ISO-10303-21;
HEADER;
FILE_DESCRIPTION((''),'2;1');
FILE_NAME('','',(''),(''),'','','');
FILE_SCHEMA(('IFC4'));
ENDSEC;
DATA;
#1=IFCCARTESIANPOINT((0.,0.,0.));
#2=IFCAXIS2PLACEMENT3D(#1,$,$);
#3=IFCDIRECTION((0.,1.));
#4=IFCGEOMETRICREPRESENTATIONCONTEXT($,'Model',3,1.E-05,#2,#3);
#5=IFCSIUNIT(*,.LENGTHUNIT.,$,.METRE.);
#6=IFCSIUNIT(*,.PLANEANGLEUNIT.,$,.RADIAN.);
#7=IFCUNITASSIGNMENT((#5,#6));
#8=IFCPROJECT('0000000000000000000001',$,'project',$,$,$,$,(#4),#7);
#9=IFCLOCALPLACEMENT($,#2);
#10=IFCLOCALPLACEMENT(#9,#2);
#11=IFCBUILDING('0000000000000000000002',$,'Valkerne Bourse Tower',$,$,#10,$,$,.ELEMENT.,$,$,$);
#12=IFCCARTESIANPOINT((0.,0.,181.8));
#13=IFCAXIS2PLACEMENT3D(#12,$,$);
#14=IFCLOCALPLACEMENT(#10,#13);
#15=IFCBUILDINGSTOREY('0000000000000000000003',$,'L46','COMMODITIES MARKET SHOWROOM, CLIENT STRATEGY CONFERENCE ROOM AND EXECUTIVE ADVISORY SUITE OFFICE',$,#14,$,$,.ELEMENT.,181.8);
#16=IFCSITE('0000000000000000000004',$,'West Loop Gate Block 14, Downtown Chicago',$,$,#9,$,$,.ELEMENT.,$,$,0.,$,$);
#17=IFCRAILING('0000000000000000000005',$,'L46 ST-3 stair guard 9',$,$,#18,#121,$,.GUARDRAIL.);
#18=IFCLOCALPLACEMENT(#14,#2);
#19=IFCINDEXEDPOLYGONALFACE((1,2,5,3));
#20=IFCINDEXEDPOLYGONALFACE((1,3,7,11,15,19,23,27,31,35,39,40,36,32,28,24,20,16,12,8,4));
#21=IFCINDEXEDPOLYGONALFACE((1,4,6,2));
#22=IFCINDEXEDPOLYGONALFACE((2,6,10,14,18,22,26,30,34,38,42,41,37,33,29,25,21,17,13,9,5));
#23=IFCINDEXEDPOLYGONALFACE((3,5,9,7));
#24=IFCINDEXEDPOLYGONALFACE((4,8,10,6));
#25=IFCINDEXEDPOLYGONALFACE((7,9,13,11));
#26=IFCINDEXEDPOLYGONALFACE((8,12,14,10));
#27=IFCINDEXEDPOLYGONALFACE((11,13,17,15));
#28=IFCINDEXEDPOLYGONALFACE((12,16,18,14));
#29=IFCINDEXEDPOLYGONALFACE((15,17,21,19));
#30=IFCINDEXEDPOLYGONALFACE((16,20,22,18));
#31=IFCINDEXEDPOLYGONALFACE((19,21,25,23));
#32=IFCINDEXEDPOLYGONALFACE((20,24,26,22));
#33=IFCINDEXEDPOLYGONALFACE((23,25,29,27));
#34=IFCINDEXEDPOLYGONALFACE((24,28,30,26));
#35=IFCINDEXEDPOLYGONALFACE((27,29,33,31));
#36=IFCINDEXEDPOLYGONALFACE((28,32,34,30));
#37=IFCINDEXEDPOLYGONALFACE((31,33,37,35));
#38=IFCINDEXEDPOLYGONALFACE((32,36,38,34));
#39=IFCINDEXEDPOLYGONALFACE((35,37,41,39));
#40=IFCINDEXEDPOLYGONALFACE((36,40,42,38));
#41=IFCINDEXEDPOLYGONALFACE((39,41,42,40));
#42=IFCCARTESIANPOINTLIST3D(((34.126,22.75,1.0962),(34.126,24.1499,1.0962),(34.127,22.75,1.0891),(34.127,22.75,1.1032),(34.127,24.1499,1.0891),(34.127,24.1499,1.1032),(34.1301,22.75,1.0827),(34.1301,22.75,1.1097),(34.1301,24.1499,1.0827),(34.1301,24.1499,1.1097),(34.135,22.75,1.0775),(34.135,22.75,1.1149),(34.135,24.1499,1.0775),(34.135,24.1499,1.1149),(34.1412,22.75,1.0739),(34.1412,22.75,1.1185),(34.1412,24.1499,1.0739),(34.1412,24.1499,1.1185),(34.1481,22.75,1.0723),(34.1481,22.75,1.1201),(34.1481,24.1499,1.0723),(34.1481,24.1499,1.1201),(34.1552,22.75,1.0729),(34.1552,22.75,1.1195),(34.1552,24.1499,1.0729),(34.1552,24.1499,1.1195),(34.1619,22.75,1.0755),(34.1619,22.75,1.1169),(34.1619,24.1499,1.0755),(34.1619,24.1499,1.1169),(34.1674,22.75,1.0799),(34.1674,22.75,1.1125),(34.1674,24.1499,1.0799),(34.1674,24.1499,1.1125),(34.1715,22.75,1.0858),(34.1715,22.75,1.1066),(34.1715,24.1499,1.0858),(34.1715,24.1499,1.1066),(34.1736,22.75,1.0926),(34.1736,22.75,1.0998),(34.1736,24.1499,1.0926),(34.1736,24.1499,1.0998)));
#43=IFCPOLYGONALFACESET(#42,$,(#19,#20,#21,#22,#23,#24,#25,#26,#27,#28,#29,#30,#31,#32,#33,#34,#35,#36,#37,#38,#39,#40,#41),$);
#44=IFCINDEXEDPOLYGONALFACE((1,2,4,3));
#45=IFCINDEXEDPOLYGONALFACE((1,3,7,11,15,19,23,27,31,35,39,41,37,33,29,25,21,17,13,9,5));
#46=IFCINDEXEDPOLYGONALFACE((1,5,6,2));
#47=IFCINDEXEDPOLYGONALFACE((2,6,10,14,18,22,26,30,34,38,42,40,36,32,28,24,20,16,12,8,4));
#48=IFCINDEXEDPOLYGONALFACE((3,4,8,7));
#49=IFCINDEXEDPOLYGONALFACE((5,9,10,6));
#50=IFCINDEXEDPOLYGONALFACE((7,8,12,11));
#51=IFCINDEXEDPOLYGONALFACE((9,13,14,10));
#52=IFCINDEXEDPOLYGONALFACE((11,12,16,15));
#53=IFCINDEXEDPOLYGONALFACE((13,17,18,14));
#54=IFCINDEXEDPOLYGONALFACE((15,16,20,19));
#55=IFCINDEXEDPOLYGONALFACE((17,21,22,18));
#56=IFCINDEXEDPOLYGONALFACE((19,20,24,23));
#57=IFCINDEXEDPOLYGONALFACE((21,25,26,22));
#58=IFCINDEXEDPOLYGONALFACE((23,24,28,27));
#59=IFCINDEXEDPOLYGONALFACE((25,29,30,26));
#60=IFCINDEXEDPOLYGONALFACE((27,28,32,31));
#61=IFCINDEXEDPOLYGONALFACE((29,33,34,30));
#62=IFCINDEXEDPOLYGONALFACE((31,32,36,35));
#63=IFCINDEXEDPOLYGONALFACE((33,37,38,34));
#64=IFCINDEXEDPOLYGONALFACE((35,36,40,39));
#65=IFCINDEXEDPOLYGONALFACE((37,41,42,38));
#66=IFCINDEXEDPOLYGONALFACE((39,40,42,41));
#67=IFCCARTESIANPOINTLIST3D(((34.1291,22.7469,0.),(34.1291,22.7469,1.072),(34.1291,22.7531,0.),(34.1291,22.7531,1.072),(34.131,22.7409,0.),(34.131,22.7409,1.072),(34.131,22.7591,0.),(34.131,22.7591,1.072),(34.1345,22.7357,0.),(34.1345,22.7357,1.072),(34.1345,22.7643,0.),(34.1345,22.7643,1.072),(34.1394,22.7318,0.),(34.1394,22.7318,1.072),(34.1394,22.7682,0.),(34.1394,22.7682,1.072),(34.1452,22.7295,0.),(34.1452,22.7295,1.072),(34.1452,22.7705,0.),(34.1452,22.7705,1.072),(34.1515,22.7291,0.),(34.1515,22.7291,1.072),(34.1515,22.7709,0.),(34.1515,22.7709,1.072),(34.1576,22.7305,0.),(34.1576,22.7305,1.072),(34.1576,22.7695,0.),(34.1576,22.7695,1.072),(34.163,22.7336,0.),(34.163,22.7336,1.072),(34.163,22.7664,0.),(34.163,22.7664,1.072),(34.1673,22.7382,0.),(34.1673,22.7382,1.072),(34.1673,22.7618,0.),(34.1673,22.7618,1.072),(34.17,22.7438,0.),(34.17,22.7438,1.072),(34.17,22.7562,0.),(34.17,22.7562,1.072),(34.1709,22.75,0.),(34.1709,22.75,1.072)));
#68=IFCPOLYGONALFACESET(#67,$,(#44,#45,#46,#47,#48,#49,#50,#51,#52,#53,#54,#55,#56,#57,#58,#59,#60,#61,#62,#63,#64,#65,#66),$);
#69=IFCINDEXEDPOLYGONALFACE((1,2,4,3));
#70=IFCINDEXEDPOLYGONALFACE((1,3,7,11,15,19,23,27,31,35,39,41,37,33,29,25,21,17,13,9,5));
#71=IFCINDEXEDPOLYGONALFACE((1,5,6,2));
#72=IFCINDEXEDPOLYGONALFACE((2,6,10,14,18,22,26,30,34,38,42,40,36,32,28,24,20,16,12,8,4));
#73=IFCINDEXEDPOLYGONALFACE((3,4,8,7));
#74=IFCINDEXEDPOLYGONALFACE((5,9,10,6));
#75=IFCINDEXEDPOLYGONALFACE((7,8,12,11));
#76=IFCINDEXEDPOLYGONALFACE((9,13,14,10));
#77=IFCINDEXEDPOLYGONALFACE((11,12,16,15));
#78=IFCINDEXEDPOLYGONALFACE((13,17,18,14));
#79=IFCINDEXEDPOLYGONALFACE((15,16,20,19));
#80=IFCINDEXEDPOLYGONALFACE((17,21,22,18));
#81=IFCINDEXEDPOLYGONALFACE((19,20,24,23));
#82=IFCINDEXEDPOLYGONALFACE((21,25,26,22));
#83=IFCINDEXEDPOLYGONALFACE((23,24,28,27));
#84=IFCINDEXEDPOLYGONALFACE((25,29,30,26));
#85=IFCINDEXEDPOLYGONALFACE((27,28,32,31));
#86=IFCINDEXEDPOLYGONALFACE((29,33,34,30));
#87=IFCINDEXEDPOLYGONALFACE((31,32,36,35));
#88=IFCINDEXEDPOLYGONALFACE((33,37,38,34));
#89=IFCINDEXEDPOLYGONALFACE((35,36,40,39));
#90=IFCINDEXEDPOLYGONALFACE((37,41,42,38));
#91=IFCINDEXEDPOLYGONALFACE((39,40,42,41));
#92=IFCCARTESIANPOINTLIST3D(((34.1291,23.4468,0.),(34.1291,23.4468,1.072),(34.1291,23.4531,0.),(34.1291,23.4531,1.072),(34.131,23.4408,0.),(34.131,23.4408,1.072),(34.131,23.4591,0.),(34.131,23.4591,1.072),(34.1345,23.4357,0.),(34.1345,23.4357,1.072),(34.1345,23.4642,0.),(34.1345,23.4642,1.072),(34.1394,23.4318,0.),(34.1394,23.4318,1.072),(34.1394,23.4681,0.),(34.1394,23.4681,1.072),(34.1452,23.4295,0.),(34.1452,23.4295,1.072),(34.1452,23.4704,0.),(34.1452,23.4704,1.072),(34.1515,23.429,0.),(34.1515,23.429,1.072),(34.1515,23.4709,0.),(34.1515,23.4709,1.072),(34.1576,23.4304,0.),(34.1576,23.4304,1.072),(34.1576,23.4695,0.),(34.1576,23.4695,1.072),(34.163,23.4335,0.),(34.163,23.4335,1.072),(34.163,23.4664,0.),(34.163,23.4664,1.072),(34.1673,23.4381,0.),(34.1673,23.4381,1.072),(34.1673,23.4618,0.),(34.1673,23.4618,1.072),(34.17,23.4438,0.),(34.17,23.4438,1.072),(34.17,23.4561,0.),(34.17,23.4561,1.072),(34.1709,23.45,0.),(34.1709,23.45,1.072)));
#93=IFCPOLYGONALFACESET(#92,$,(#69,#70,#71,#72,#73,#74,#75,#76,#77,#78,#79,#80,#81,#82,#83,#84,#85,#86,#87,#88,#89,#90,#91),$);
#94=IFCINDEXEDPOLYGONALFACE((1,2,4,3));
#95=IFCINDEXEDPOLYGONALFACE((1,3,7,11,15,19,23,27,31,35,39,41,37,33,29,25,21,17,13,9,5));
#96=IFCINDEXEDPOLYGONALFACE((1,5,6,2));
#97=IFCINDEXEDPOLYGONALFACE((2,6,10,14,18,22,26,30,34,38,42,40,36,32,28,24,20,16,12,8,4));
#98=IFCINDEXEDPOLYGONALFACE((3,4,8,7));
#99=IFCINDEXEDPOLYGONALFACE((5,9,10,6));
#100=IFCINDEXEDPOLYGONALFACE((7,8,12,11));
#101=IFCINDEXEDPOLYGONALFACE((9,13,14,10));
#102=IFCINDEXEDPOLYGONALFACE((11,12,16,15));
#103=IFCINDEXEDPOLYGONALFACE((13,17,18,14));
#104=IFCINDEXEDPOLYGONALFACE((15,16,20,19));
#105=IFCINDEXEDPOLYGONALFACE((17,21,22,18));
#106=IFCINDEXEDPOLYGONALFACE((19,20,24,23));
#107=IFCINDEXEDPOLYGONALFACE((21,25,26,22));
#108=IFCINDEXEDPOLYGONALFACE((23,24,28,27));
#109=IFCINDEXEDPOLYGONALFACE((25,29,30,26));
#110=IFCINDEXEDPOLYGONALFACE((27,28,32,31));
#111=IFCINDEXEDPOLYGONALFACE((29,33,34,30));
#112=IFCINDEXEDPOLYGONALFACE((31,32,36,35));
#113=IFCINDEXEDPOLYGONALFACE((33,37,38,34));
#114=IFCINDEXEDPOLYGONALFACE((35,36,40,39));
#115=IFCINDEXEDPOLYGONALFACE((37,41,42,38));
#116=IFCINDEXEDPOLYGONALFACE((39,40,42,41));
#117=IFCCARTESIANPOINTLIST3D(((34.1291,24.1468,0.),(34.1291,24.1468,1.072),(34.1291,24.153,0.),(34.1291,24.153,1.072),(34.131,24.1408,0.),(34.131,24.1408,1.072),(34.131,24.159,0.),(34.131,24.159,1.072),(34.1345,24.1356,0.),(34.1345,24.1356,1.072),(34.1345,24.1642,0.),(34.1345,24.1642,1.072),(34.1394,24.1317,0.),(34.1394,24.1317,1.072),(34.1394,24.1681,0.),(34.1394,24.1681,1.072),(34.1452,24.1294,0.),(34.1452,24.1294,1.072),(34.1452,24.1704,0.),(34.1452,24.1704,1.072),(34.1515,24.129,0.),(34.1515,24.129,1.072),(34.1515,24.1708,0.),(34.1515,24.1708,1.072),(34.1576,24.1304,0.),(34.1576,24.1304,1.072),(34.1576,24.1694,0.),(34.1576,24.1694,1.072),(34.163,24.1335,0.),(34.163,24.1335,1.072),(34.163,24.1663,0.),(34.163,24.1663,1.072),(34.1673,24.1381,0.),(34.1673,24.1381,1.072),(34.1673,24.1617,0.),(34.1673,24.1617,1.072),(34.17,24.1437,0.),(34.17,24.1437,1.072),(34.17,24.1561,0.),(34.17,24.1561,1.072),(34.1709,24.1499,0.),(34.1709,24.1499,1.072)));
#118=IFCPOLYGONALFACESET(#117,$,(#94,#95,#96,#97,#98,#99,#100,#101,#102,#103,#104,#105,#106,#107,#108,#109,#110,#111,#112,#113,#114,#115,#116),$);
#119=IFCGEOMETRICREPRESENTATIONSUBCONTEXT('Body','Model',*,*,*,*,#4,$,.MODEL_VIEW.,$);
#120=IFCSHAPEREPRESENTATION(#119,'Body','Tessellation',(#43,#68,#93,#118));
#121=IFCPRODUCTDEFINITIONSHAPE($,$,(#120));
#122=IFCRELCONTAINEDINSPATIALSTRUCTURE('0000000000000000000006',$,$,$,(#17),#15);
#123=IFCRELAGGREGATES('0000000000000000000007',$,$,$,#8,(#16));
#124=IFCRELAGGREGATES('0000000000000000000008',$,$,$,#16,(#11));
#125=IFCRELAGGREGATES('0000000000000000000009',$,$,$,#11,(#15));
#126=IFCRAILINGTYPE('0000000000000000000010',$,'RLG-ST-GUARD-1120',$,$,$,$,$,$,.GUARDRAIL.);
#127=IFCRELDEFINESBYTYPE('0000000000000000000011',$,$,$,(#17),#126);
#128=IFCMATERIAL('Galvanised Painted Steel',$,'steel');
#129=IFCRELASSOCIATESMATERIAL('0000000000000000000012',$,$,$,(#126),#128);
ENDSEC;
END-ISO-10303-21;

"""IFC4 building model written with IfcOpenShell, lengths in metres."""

from ifc_helpers import new_model, si_unit, direction, frame, origin, origin_2d, place, context, subcontext, project, spatial, circle, extrude, material, type_object, element, save


model = new_model("IFC4")

# Units and contexts
model_context = context("Model", 3, precision=1e-05, world=origin(), true_north=direction((0.0, 1.0)))
body_context = subcontext(model_context, "Body", "Model", "MODEL_VIEW")
ifc_project = project(units=[si_unit("LENGTHUNIT", "METRE"), si_unit("PLANEANGLEUNIT", "RADIAN")], contexts=[model_context])

# Site, building, storey
site_placement = place(None, origin())
site = spatial("IfcSite", under=ifc_project, at=site_placement, Name="West Loop Gate Block 14, Downtown Chicago", CompositionType="ELEMENT", RefElevation=0.0)
building_placement = place(site_placement, origin())
building = spatial("IfcBuilding", under=site, at=building_placement, Name="Valkerne Bourse Tower", CompositionType="ELEMENT")
storey_placement = place(building_placement, frame((0.0, 0.0, 181.8)))
storey = spatial("IfcBuildingStorey", under=building, at=storey_placement, Name="L46", Description="COMMODITIES MARKET SHOWROOM, CLIENT STRATEGY CONFERENCE ROOM AND EXECUTIVE ADVISORY SUITE OFFICE", CompositionType="ELEMENT", Elevation=181.8)

# Shared definitions
ifc_material_1 = material(Name="Galvanised Painted Steel", Category="steel")

# Railing
railing_type = type_object("IfcRailingType", Name="RLG-ST-GUARD-1120", PredefinedType="GUARDRAIL", material=ifc_material_1)
for number, where, name in (
    (1, (34.1499, 22.75, 0.0), "L46 ST-3 stair guard 9"),
):
    element("IfcRailing", number, at=place(storey_placement, frame(where)), inside=storey, type_object=railing_type, Name=name, PredefinedType="GUARDRAIL", context=body_context, shape_type="SweptSolid", body=[
        extrude(circle(Radius=0.0239, at=origin_2d()), frame((0.0, 0.0, 1.0962), z_axis=(0.0, 1.0, 0.0), x_axis=(-1.0, 0.0, 0.0)), (0.0, 0.0, 1.0), 1.3999),
        extrude(circle(Radius=0.021, at=origin_2d()), origin(), (0.0, 0.0, 1.0), 1.072),
        extrude(circle(Radius=0.021, at=origin_2d()), frame((0.0, 0.7, 0.0)), (0.0, 0.0, 1.0), 1.072),
        extrude(circle(Radius=0.021, at=origin_2d()), frame((0.0, 1.3999, 0.0)), (0.0, 0.0, 1.0), 1.072),
    ])

save(model, "model.ifc")
